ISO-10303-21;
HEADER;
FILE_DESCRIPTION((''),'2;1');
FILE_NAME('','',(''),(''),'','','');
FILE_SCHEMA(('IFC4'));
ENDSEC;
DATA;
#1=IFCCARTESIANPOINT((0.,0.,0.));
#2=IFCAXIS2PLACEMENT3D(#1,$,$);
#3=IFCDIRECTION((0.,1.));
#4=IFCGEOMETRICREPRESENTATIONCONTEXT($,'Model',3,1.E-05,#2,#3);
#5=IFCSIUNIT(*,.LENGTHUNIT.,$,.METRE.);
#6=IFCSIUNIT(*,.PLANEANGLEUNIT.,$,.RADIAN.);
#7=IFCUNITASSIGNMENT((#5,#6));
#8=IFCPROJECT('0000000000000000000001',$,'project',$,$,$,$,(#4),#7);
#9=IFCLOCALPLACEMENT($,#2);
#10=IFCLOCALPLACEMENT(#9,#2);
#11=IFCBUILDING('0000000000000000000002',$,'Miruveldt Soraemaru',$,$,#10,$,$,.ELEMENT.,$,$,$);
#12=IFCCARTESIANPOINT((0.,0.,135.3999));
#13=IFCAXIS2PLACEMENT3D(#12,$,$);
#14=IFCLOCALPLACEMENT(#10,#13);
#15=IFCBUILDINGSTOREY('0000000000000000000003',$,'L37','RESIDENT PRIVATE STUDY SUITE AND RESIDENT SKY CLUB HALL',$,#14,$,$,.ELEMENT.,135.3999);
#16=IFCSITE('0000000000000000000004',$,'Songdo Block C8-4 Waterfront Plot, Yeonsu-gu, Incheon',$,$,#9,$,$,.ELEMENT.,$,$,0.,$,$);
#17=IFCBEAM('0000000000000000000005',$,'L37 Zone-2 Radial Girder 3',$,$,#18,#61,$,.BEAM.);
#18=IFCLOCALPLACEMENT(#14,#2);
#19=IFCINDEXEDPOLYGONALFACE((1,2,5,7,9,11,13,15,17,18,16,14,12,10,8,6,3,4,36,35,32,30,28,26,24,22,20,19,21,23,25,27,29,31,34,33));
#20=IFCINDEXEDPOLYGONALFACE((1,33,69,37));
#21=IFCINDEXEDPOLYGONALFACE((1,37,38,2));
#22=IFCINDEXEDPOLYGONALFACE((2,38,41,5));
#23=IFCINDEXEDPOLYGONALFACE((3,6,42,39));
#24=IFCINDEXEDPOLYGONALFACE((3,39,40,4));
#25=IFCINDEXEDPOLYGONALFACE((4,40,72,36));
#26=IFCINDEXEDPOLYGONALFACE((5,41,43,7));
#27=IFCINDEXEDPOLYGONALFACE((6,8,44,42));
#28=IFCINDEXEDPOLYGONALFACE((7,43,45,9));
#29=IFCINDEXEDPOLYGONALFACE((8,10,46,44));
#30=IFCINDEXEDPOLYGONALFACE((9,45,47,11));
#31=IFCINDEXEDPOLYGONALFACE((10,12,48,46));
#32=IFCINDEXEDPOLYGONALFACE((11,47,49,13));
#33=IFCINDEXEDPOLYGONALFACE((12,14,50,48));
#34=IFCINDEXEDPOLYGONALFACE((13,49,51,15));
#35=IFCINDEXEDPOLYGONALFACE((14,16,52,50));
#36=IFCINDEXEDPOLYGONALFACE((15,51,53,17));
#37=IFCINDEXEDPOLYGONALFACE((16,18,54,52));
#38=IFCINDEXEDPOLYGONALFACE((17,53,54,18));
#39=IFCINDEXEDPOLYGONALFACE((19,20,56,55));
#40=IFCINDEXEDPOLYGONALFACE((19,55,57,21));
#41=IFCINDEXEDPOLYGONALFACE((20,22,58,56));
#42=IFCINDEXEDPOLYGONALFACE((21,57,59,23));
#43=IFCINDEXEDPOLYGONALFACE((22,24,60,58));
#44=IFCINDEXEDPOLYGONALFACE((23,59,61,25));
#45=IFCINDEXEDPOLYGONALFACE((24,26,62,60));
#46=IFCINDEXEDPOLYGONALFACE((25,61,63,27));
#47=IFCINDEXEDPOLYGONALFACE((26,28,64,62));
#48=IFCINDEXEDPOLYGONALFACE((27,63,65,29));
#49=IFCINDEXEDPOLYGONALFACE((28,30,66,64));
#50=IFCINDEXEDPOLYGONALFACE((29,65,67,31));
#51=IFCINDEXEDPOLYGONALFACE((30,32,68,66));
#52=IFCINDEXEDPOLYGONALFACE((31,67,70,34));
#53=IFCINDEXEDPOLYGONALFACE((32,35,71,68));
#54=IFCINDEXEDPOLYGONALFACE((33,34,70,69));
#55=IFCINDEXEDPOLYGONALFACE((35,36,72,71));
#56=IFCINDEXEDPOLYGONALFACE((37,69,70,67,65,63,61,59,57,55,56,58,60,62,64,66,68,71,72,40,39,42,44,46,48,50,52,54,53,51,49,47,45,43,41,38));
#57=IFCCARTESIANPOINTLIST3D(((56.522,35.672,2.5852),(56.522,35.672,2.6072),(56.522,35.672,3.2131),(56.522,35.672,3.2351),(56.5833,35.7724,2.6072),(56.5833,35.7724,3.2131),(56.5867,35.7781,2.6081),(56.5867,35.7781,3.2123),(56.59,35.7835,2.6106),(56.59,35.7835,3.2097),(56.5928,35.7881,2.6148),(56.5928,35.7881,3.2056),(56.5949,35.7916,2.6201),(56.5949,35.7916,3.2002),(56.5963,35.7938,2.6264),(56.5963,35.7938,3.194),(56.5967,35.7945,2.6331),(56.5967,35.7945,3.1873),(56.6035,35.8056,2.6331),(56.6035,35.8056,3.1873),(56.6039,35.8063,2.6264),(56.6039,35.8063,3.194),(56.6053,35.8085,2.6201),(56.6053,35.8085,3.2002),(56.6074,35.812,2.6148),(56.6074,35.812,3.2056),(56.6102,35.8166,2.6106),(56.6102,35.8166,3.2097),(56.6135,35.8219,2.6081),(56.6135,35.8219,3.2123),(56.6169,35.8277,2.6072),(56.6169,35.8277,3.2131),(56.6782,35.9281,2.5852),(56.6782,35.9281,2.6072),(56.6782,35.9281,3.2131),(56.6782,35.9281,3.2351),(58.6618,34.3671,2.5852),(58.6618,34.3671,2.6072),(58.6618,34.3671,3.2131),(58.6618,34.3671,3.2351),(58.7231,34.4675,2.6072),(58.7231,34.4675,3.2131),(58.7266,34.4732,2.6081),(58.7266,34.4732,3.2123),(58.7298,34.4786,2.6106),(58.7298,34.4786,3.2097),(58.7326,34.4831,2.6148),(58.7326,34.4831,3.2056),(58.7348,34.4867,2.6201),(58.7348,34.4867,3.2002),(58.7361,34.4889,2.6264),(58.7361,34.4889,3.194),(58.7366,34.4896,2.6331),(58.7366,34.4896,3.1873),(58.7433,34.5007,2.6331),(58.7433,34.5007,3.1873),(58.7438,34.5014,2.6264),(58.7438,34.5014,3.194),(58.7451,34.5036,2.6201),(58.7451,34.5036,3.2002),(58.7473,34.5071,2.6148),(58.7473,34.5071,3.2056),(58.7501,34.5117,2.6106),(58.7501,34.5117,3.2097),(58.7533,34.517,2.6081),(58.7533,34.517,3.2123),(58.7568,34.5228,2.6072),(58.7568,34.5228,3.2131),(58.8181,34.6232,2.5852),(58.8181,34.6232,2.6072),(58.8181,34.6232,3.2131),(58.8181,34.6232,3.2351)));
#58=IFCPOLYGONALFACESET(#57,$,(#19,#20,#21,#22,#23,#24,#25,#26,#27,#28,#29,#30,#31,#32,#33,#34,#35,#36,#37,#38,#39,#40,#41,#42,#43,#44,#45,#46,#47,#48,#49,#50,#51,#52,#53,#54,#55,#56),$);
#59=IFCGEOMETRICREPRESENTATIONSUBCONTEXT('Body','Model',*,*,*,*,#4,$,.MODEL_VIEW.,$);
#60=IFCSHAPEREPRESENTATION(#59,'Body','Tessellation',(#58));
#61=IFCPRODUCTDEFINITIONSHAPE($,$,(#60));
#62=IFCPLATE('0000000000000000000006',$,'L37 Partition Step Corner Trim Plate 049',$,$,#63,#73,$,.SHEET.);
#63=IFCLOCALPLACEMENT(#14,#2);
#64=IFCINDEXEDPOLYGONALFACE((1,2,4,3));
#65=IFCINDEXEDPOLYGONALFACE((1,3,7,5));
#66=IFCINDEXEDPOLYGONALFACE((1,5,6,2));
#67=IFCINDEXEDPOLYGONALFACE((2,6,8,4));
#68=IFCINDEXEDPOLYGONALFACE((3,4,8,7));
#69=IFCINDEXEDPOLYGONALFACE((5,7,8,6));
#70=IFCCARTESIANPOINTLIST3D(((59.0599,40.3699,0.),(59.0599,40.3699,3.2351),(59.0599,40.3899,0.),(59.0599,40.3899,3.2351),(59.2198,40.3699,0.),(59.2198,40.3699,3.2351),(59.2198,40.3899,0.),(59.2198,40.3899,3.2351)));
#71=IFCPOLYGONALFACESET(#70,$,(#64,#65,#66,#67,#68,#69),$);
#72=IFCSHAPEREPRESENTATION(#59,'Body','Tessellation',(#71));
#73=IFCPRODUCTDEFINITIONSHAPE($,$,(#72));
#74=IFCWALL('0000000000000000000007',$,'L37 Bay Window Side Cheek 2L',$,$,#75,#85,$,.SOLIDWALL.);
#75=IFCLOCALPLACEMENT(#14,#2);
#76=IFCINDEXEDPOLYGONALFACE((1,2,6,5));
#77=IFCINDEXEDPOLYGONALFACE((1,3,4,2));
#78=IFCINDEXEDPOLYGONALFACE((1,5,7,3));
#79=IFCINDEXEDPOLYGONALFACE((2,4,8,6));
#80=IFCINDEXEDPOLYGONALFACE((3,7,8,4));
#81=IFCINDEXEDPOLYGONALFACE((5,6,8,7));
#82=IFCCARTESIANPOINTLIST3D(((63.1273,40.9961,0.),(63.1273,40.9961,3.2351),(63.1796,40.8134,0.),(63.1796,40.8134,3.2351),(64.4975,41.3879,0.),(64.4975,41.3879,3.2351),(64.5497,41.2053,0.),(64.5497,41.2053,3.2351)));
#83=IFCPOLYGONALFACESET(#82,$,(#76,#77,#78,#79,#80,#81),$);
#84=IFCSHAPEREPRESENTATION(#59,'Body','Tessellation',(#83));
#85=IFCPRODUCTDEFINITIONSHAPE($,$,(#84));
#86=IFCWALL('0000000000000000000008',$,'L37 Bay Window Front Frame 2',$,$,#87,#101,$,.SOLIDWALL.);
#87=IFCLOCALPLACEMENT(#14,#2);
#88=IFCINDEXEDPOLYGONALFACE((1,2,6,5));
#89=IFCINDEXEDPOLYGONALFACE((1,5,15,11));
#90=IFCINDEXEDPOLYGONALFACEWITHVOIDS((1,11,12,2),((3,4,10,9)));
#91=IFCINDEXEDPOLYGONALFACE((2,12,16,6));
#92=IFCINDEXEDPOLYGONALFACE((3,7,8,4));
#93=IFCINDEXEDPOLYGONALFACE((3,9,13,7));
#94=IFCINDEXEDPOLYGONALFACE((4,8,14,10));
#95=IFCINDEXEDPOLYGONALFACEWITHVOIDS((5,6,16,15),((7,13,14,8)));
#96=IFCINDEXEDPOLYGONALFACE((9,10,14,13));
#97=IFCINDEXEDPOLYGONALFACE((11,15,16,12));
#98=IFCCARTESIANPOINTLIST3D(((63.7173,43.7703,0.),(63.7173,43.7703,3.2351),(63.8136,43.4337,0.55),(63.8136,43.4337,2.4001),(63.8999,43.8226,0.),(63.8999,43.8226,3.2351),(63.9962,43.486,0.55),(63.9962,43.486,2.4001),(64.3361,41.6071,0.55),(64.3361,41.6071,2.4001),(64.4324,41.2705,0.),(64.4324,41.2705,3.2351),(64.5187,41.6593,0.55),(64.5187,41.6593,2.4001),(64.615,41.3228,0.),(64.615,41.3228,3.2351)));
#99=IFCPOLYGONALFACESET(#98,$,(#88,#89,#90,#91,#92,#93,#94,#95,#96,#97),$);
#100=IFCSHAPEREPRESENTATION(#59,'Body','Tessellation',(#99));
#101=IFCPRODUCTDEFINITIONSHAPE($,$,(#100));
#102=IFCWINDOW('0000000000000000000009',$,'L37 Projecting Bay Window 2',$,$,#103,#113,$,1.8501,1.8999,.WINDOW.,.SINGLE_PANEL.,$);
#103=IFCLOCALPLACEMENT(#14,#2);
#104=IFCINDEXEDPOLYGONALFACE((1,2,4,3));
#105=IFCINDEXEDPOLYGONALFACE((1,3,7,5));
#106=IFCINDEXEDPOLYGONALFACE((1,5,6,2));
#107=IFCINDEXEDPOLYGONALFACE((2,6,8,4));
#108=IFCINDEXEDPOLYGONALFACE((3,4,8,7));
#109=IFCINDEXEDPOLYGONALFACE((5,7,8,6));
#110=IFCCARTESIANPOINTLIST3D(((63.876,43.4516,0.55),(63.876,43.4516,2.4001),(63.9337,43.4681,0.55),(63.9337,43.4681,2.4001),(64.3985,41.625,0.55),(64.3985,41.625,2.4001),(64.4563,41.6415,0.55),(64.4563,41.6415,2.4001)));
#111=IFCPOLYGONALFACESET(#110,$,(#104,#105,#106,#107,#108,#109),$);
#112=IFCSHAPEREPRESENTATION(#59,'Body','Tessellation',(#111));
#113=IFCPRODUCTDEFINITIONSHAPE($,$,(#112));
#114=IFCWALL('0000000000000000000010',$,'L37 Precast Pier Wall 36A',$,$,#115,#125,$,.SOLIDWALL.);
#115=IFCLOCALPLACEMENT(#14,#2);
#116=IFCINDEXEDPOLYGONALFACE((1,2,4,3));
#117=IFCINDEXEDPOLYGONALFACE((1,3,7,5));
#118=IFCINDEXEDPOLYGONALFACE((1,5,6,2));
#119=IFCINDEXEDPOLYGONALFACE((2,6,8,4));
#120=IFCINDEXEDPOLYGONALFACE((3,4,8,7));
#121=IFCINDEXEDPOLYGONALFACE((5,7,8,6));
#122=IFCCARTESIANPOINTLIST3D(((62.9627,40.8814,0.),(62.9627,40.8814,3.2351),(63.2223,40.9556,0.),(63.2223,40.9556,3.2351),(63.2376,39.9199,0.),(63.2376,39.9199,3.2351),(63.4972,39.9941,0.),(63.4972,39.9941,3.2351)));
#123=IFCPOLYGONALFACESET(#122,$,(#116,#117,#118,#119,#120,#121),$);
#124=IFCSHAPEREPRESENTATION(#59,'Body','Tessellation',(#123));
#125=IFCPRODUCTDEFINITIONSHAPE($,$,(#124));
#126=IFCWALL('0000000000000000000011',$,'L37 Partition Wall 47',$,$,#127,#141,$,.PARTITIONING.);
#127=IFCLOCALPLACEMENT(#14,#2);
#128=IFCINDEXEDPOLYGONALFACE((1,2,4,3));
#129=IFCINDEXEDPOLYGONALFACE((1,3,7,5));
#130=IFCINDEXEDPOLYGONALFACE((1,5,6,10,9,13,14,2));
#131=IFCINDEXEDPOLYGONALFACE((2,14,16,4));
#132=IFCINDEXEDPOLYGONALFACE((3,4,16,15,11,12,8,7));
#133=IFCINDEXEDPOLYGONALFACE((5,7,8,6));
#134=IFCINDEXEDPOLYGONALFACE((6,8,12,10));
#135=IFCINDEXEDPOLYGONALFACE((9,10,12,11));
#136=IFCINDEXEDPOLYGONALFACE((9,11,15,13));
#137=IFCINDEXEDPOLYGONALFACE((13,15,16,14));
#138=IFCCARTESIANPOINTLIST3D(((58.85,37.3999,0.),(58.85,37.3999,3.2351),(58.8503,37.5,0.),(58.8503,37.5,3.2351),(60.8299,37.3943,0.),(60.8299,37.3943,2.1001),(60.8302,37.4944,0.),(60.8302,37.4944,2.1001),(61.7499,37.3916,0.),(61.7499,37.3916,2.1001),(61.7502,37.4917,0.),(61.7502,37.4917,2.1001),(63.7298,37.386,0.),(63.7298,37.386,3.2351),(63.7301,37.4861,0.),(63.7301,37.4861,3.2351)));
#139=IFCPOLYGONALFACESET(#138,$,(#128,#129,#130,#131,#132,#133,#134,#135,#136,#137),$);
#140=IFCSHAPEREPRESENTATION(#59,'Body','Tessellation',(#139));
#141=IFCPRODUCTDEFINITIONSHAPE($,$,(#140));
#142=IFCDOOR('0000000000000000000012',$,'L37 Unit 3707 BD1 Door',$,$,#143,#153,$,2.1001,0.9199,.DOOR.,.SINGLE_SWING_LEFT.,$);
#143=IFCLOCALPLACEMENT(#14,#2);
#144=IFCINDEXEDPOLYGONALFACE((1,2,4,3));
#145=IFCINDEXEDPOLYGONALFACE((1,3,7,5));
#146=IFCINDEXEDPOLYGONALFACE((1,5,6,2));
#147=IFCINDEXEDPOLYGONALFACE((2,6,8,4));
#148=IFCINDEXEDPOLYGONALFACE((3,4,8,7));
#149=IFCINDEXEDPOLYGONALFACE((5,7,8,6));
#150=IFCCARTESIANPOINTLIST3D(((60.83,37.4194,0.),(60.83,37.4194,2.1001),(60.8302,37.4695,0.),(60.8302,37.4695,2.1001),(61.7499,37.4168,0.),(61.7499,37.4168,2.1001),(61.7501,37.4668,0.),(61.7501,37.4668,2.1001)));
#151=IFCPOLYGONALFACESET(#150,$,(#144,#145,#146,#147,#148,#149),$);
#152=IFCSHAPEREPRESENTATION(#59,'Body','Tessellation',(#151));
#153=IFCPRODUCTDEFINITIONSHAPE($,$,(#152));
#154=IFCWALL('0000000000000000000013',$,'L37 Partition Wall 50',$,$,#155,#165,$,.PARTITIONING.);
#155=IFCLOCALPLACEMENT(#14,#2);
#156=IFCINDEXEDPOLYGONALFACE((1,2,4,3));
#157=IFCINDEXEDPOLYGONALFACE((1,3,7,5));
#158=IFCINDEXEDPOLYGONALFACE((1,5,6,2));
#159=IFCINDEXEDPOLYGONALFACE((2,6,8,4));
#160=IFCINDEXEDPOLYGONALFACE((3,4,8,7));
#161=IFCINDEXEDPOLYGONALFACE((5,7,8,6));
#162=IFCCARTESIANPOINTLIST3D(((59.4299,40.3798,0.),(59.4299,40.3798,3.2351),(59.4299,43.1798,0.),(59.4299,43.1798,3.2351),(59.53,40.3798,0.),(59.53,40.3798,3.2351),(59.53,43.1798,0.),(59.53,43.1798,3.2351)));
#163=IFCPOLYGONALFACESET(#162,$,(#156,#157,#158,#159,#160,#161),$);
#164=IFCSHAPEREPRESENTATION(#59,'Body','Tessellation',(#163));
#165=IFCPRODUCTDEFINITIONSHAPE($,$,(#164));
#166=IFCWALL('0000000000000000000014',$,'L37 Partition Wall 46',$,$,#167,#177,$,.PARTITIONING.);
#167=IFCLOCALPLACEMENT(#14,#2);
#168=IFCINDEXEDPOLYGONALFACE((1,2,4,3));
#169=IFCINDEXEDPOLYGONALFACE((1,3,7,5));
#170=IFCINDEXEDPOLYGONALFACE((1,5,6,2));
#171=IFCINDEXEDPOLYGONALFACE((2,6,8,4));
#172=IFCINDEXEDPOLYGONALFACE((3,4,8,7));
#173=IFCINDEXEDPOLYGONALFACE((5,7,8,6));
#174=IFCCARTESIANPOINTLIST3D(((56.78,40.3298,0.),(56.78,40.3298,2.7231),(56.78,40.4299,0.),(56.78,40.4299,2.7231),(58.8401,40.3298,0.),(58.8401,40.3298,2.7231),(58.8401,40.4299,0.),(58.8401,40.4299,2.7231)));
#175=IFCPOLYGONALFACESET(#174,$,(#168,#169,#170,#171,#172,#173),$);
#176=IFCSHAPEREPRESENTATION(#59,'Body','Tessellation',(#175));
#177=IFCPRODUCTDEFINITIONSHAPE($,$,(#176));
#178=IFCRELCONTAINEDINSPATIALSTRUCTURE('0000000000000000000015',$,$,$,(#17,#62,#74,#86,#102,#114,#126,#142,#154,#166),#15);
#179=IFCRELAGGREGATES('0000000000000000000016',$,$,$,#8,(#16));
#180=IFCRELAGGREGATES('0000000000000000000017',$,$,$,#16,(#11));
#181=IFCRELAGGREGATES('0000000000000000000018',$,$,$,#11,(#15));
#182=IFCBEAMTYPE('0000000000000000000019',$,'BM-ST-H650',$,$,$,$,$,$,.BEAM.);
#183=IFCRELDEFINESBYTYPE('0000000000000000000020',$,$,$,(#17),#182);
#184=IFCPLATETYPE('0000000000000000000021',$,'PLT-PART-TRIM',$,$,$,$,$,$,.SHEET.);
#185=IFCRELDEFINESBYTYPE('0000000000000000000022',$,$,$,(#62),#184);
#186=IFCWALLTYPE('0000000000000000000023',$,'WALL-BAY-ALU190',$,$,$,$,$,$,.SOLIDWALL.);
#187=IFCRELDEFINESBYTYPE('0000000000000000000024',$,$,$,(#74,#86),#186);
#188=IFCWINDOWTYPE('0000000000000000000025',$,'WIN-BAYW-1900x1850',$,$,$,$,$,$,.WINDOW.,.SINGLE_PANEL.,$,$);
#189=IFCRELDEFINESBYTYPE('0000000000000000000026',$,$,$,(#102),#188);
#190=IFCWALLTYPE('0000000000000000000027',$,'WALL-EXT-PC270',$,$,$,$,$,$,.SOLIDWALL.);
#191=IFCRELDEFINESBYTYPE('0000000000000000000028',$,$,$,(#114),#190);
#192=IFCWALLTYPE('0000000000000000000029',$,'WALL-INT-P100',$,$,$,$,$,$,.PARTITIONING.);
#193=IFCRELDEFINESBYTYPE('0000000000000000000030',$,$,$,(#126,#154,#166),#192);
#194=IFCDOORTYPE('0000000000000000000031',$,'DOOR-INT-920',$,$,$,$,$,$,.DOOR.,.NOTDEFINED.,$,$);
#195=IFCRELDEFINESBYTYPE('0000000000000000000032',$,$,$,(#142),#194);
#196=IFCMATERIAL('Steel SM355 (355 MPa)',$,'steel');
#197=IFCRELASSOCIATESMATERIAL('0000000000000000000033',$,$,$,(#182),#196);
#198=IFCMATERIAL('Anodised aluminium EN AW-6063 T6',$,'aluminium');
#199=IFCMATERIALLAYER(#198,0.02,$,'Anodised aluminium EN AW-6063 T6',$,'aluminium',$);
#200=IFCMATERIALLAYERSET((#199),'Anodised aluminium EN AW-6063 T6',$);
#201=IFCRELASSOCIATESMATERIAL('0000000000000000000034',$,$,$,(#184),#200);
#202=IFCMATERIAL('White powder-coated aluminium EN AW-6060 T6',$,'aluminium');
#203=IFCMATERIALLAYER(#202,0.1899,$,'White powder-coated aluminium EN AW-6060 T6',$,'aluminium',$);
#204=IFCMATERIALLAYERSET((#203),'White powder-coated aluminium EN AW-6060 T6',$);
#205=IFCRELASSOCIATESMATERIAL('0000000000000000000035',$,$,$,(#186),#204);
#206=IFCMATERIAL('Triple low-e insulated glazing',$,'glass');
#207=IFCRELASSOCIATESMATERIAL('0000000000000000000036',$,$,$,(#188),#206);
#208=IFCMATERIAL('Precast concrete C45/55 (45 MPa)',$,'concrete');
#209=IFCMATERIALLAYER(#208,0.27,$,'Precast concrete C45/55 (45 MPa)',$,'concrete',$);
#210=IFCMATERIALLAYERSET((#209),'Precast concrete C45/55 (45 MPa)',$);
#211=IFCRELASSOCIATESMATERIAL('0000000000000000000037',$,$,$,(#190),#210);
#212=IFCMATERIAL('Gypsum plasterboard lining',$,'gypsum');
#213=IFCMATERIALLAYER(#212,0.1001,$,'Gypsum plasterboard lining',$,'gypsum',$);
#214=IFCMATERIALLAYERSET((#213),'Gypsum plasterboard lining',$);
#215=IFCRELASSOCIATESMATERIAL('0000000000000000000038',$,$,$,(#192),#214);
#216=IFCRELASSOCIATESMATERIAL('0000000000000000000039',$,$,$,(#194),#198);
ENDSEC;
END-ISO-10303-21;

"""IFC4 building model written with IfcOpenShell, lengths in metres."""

from ifc_helpers import new_model, si_unit, direction, frame, frame_2d, origin, origin_2d, place, context, subcontext, project, spatial, rectangle, i_section, extrude, material, layer, layer_set, material_profile, profile_set, type_object, element, fill, save


model = new_model("IFC4")

# Units and contexts
model_context = context("Model", 3, precision=1e-05, world=origin(), true_north=direction((0.0, 1.0)))
body_context = subcontext(model_context, "Body", "Model", "MODEL_VIEW")
ifc_project = project(units=[si_unit("LENGTHUNIT", "METRE"), si_unit("PLANEANGLEUNIT", "RADIAN")], contexts=[model_context])

# Site, building, storey
site_placement = place(None, origin())
site = spatial("IfcSite", under=ifc_project, at=site_placement, Name="Songdo Block C8-4 Waterfront Plot, Yeonsu-gu, Incheon", CompositionType="ELEMENT", RefElevation=0.0)
building_placement = place(site_placement, origin())
building = spatial("IfcBuilding", under=site, at=building_placement, Name="Miruveldt Soraemaru", CompositionType="ELEMENT")
storey_placement = place(building_placement, frame((0.0, 0.0, 135.3999)))
storey = spatial("IfcBuildingStorey", under=building, at=storey_placement, Name="L37", Description="RESIDENT PRIVATE STUDY SUITE AND RESIDENT SKY CLUB HALL", CompositionType="ELEMENT", Elevation=135.3999)

# Beam
ifc_material_1 = material(Name="Steel SM355 (355 MPa)", Category="steel")
ifc_material_profile = material_profile(ifc_material_1, i_section(OverallWidth=0.3, OverallDepth=0.6499, WebThickness=0.0129, FlangeThickness=0.022, FilletRadius=0.0259, at=origin_2d()), Name="Steel SM355 (355 MPa)", Category="steel")
ifc_profile_set = profile_set([ifc_material_profile], Name="Steel SM355 (355 MPa)")
beam_type = type_object("IfcBeamType", Name="BM-ST-H650", PredefinedType="BEAM", material=ifc_profile_set)
beam_placement = place(storey_placement, frame((56.6001, 35.8, 2.9102), z_axis=(0.853775, -0.520642, 0.0), x_axis=(0.520642, 0.853775, 0.0)))
element("IfcBeam", 1, at=beam_placement, inside=storey, type_object=beam_type, Name="L37 Zone-2 Radial Girder 3", PredefinedType="BEAM", context=body_context, shape_type="SweptSolid", body=[
    extrude(i_section(OverallWidth=0.3, OverallDepth=0.6499, WebThickness=0.0129, FlangeThickness=0.022, FilletRadius=0.0259, at=origin_2d()), origin(), (0.0, 0.0, 1.0), 2.5063),
])

# Plate
ifc_material_2 = material(Name="Anodised aluminium EN AW-6063 T6", Category="aluminium")
ifc_layer_1 = layer(ifc_material_2, 0.02, Name="Anodised aluminium EN AW-6063 T6", Category="aluminium")
ifc_layer_set_1 = layer_set([ifc_layer_1], Name="Anodised aluminium EN AW-6063 T6")
plate_type = type_object("IfcPlateType", Name="PLT-PART-TRIM", PredefinedType="SHEET", material=ifc_layer_set_1)
plate_placement = place(storey_placement, frame((59.1399, 40.3799, 0.0), z_axis=(0.0, 0.0, 1.0), x_axis=(1.0, 0.0, 0.0)))
element("IfcPlate", 2, at=plate_placement, inside=storey, type_object=plate_type, Name="L37 Partition Step Corner Trim Plate 049", PredefinedType="SHEET", context=body_context, shape_type="SweptSolid", body=[
    extrude(rectangle(XDim=0.1599, YDim=0.02, at=origin_2d()), origin(), (0.0, 0.0, 1.0), 3.2351),
])

# Wall
ifc_material_3 = material(Name="White powder-coated aluminium EN AW-6060 T6", Category="aluminium")
ifc_layer_2 = layer(ifc_material_3, 0.1899, Name="White powder-coated aluminium EN AW-6060 T6", Category="aluminium")
ifc_layer_set_2 = layer_set([ifc_layer_2], Name="White powder-coated aluminium EN AW-6060 T6")
wall_type_1 = type_object("IfcWallType", Name="WALL-BAY-ALU190", PredefinedType="SOLIDWALL", material=ifc_layer_set_2)
wall_1_placement = place(storey_placement, frame((63.1536, 40.9048, 0.0), z_axis=(0.0, 0.0, 1.0), x_axis=(0.961453, 0.27497, 0.0)))
element("IfcWall", 3, at=wall_1_placement, inside=storey, type_object=wall_type_1, Name="L37 Bay Window Side Cheek 2L", PredefinedType="SOLIDWALL", context=body_context, shape_type="SweptSolid", body=[
    extrude(rectangle(XDim=1.425, YDim=0.1899, at=frame_2d((0.7124, 0.0))), origin(), (0.0, 0.0, 1.0), 3.2351),
])

# Wall, opening, window
wall_2_placement = place(storey_placement, frame((64.5237, 41.2966, 0.0), z_axis=(0.0, 0.0, 1.0), x_axis=(-0.275031, 0.961435, 0.0)))
wall_2 = element("IfcWall", 4, at=wall_2_placement, inside=storey, type_object=wall_type_1, Name="L37 Bay Window Front Frame 2", PredefinedType="SOLIDWALL", context=body_context, shape_type="SweptSolid", body=[
    extrude(rectangle(XDim=2.6001, YDim=0.1899, at=frame_2d((1.3, 0.0))), origin(), (0.0, 0.0, 1.0), 3.2351),
])
opening_1_placement = place(wall_2_placement, frame((0.3501, 0.0, 0.55)))
opening_1 = element("IfcOpeningElement", 5, at=opening_1_placement, cuts=wall_2, PredefinedType="OPENING", context=body_context, shape_type="SweptSolid", body=[
    extrude(rectangle(XDim=1.8999, YDim=1.8501, at=frame_2d((0.95, 0.925))), frame((0.0, 0.105, 0.0), z_axis=(0.0, -1.0, 0.0), x_axis=(1.0, 0.0, 0.0)), (0.0, 0.0, 1.0), 0.21),
])
ifc_material_4 = material(Name="Triple low-e insulated glazing", Category="glass")
window_type = type_object("IfcWindowType", Name="WIN-BAYW-1900x1850", PartitioningType="SINGLE_PANEL", PredefinedType="WINDOW", material=ifc_material_4)
window_placement = place(opening_1_placement, origin())
window = element("IfcWindow", 6, at=window_placement, inside=storey, type_object=window_type, Name="L37 Projecting Bay Window 2", OverallHeight=1.8501, OverallWidth=1.8999, PartitioningType="SINGLE_PANEL", PredefinedType="WINDOW", context=body_context, shape_type="SweptSolid", body=[
    extrude(rectangle(XDim=1.8999, YDim=1.8501, at=frame_2d((0.95, 0.925))), frame((0.0, 0.03, 0.0), z_axis=(0.0, -1.0, 0.0), x_axis=(1.0, 0.0, 0.0)), (0.0, 0.0, 1.0), 0.0601),
])
fill(opening_1, window)

# Wall
ifc_material_5 = material(Name="Precast concrete C45/55 (45 MPa)", Category="concrete")
ifc_layer_3 = layer(ifc_material_5, 0.27, Name="Precast concrete C45/55 (45 MPa)", Category="concrete")
ifc_layer_set_3 = layer_set([ifc_layer_3], Name="Precast concrete C45/55 (45 MPa)")
wall_type_2 = type_object("IfcWallType", Name="WALL-EXT-PC270", PredefinedType="SOLIDWALL", material=ifc_layer_set_3)
wall_3_placement = place(storey_placement, frame((63.3674, 39.957, 0.0), z_axis=(0.0, 0.0, 1.0), x_axis=(-0.274915, 0.961469, 0.0)))
element("IfcWall", 7, at=wall_3_placement, inside=storey, type_object=wall_type_2, Name="L37 Precast Pier Wall 36A", PredefinedType="SOLIDWALL", context=body_context, shape_type="SweptSolid", body=[
    extrude(rectangle(XDim=1.0, YDim=0.27, at=frame_2d((0.5, 0.0))), origin(), (0.0, 0.0, 1.0), 3.2351),
])

# Wall, opening, door
ifc_material_6 = material(Name="Gypsum plasterboard lining", Category="gypsum")
ifc_layer_4 = layer(ifc_material_6, 0.1001, Name="Gypsum plasterboard lining", Category="gypsum")
ifc_layer_set_4 = layer_set([ifc_layer_4], Name="Gypsum plasterboard lining")
wall_type_3 = type_object("IfcWallType", Name="WALL-INT-P100", PredefinedType="PARTITIONING", material=ifc_layer_set_4)
wall_4_placement = place(storey_placement, frame((63.73, 37.436, 0.0), z_axis=(0.0, 0.0, 1.0), x_axis=(-0.999996, 0.002852, 0.0)))
wall_4 = element("IfcWall", 8, at=wall_4_placement, inside=storey, type_object=wall_type_3, Name="L37 Partition Wall 47", PredefinedType="PARTITIONING", context=body_context, shape_type="SweptSolid", body=[
    extrude(rectangle(XDim=4.8799, YDim=0.1001, at=frame_2d((2.4399, 0.0))), origin(), (0.0, 0.0, 1.0), 3.2351),
])
opening_2_placement = place(wall_4_placement, frame((1.98, 0.0, 0.0)))
opening_2 = element("IfcOpeningElement", 9, at=opening_2_placement, cuts=wall_4, PredefinedType="OPENING", context=body_context, shape_type="SweptSolid", body=[
    extrude(rectangle(XDim=0.9199, YDim=2.1001, at=frame_2d((0.46, 1.05))), frame((0.0, 0.0601, 0.0), z_axis=(0.0, -1.0, 0.0), x_axis=(1.0, 0.0, 0.0)), (0.0, 0.0, 1.0), 0.1201),
])
door_type_1 = type_object("IfcDoorType", Name="DOOR-INT-920", OperationType="NOTDEFINED", PredefinedType="DOOR", material=ifc_material_2)
door_1_placement = place(opening_2_placement, origin())
door_1 = element("IfcDoor", 10, at=door_1_placement, inside=storey, type_object=door_type_1, Name="L37 Unit 3707 BD1 Door", OperationType="SINGLE_SWING_LEFT", OverallHeight=2.1001, OverallWidth=0.9199, PredefinedType="DOOR", context=body_context, shape_type="SweptSolid", body=[
    extrude(rectangle(XDim=0.9199, YDim=2.1001, at=frame_2d((0.46, 1.05))), frame((0.0, 0.0249, 0.0), z_axis=(0.0, -1.0, 0.0), x_axis=(1.0, 0.0, 0.0)), (0.0, 0.0, 1.0), 0.05),
])
fill(opening_2, door_1)

# Walls
wall_5_placement = place(storey_placement, frame((59.48, 40.3799, 0.0), z_axis=(0.0, 0.0, 1.0), x_axis=(0.0, 1.0, 0.0)))
element("IfcWall", 11, at=wall_5_placement, inside=storey, type_object=wall_type_3, Name="L37 Partition Wall 50", PredefinedType="PARTITIONING", context=body_context, shape_type="SweptSolid", body=[
    extrude(rectangle(XDim=2.8, YDim=0.1001, at=frame_2d((1.3999, 0.0))), origin(), (0.0, 0.0, 1.0), 3.2351),
])
wall_6_placement = place(storey_placement, frame((56.78, 40.3799, 0.0), z_axis=(0.0, 0.0, 1.0), x_axis=(1.0, 0.0, 0.0)))
element("IfcWall", 12, at=wall_6_placement, inside=storey, type_object=wall_type_3, Name="L37 Partition Wall 46", PredefinedType="PARTITIONING", context=body_context, shape_type="SweptSolid", body=[
    extrude(rectangle(XDim=2.0601, YDim=0.1001, at=frame_2d((1.03, 0.0))), origin(), (0.0, 0.0, 1.0), 2.7231),
])

save(model, "model.ifc")
